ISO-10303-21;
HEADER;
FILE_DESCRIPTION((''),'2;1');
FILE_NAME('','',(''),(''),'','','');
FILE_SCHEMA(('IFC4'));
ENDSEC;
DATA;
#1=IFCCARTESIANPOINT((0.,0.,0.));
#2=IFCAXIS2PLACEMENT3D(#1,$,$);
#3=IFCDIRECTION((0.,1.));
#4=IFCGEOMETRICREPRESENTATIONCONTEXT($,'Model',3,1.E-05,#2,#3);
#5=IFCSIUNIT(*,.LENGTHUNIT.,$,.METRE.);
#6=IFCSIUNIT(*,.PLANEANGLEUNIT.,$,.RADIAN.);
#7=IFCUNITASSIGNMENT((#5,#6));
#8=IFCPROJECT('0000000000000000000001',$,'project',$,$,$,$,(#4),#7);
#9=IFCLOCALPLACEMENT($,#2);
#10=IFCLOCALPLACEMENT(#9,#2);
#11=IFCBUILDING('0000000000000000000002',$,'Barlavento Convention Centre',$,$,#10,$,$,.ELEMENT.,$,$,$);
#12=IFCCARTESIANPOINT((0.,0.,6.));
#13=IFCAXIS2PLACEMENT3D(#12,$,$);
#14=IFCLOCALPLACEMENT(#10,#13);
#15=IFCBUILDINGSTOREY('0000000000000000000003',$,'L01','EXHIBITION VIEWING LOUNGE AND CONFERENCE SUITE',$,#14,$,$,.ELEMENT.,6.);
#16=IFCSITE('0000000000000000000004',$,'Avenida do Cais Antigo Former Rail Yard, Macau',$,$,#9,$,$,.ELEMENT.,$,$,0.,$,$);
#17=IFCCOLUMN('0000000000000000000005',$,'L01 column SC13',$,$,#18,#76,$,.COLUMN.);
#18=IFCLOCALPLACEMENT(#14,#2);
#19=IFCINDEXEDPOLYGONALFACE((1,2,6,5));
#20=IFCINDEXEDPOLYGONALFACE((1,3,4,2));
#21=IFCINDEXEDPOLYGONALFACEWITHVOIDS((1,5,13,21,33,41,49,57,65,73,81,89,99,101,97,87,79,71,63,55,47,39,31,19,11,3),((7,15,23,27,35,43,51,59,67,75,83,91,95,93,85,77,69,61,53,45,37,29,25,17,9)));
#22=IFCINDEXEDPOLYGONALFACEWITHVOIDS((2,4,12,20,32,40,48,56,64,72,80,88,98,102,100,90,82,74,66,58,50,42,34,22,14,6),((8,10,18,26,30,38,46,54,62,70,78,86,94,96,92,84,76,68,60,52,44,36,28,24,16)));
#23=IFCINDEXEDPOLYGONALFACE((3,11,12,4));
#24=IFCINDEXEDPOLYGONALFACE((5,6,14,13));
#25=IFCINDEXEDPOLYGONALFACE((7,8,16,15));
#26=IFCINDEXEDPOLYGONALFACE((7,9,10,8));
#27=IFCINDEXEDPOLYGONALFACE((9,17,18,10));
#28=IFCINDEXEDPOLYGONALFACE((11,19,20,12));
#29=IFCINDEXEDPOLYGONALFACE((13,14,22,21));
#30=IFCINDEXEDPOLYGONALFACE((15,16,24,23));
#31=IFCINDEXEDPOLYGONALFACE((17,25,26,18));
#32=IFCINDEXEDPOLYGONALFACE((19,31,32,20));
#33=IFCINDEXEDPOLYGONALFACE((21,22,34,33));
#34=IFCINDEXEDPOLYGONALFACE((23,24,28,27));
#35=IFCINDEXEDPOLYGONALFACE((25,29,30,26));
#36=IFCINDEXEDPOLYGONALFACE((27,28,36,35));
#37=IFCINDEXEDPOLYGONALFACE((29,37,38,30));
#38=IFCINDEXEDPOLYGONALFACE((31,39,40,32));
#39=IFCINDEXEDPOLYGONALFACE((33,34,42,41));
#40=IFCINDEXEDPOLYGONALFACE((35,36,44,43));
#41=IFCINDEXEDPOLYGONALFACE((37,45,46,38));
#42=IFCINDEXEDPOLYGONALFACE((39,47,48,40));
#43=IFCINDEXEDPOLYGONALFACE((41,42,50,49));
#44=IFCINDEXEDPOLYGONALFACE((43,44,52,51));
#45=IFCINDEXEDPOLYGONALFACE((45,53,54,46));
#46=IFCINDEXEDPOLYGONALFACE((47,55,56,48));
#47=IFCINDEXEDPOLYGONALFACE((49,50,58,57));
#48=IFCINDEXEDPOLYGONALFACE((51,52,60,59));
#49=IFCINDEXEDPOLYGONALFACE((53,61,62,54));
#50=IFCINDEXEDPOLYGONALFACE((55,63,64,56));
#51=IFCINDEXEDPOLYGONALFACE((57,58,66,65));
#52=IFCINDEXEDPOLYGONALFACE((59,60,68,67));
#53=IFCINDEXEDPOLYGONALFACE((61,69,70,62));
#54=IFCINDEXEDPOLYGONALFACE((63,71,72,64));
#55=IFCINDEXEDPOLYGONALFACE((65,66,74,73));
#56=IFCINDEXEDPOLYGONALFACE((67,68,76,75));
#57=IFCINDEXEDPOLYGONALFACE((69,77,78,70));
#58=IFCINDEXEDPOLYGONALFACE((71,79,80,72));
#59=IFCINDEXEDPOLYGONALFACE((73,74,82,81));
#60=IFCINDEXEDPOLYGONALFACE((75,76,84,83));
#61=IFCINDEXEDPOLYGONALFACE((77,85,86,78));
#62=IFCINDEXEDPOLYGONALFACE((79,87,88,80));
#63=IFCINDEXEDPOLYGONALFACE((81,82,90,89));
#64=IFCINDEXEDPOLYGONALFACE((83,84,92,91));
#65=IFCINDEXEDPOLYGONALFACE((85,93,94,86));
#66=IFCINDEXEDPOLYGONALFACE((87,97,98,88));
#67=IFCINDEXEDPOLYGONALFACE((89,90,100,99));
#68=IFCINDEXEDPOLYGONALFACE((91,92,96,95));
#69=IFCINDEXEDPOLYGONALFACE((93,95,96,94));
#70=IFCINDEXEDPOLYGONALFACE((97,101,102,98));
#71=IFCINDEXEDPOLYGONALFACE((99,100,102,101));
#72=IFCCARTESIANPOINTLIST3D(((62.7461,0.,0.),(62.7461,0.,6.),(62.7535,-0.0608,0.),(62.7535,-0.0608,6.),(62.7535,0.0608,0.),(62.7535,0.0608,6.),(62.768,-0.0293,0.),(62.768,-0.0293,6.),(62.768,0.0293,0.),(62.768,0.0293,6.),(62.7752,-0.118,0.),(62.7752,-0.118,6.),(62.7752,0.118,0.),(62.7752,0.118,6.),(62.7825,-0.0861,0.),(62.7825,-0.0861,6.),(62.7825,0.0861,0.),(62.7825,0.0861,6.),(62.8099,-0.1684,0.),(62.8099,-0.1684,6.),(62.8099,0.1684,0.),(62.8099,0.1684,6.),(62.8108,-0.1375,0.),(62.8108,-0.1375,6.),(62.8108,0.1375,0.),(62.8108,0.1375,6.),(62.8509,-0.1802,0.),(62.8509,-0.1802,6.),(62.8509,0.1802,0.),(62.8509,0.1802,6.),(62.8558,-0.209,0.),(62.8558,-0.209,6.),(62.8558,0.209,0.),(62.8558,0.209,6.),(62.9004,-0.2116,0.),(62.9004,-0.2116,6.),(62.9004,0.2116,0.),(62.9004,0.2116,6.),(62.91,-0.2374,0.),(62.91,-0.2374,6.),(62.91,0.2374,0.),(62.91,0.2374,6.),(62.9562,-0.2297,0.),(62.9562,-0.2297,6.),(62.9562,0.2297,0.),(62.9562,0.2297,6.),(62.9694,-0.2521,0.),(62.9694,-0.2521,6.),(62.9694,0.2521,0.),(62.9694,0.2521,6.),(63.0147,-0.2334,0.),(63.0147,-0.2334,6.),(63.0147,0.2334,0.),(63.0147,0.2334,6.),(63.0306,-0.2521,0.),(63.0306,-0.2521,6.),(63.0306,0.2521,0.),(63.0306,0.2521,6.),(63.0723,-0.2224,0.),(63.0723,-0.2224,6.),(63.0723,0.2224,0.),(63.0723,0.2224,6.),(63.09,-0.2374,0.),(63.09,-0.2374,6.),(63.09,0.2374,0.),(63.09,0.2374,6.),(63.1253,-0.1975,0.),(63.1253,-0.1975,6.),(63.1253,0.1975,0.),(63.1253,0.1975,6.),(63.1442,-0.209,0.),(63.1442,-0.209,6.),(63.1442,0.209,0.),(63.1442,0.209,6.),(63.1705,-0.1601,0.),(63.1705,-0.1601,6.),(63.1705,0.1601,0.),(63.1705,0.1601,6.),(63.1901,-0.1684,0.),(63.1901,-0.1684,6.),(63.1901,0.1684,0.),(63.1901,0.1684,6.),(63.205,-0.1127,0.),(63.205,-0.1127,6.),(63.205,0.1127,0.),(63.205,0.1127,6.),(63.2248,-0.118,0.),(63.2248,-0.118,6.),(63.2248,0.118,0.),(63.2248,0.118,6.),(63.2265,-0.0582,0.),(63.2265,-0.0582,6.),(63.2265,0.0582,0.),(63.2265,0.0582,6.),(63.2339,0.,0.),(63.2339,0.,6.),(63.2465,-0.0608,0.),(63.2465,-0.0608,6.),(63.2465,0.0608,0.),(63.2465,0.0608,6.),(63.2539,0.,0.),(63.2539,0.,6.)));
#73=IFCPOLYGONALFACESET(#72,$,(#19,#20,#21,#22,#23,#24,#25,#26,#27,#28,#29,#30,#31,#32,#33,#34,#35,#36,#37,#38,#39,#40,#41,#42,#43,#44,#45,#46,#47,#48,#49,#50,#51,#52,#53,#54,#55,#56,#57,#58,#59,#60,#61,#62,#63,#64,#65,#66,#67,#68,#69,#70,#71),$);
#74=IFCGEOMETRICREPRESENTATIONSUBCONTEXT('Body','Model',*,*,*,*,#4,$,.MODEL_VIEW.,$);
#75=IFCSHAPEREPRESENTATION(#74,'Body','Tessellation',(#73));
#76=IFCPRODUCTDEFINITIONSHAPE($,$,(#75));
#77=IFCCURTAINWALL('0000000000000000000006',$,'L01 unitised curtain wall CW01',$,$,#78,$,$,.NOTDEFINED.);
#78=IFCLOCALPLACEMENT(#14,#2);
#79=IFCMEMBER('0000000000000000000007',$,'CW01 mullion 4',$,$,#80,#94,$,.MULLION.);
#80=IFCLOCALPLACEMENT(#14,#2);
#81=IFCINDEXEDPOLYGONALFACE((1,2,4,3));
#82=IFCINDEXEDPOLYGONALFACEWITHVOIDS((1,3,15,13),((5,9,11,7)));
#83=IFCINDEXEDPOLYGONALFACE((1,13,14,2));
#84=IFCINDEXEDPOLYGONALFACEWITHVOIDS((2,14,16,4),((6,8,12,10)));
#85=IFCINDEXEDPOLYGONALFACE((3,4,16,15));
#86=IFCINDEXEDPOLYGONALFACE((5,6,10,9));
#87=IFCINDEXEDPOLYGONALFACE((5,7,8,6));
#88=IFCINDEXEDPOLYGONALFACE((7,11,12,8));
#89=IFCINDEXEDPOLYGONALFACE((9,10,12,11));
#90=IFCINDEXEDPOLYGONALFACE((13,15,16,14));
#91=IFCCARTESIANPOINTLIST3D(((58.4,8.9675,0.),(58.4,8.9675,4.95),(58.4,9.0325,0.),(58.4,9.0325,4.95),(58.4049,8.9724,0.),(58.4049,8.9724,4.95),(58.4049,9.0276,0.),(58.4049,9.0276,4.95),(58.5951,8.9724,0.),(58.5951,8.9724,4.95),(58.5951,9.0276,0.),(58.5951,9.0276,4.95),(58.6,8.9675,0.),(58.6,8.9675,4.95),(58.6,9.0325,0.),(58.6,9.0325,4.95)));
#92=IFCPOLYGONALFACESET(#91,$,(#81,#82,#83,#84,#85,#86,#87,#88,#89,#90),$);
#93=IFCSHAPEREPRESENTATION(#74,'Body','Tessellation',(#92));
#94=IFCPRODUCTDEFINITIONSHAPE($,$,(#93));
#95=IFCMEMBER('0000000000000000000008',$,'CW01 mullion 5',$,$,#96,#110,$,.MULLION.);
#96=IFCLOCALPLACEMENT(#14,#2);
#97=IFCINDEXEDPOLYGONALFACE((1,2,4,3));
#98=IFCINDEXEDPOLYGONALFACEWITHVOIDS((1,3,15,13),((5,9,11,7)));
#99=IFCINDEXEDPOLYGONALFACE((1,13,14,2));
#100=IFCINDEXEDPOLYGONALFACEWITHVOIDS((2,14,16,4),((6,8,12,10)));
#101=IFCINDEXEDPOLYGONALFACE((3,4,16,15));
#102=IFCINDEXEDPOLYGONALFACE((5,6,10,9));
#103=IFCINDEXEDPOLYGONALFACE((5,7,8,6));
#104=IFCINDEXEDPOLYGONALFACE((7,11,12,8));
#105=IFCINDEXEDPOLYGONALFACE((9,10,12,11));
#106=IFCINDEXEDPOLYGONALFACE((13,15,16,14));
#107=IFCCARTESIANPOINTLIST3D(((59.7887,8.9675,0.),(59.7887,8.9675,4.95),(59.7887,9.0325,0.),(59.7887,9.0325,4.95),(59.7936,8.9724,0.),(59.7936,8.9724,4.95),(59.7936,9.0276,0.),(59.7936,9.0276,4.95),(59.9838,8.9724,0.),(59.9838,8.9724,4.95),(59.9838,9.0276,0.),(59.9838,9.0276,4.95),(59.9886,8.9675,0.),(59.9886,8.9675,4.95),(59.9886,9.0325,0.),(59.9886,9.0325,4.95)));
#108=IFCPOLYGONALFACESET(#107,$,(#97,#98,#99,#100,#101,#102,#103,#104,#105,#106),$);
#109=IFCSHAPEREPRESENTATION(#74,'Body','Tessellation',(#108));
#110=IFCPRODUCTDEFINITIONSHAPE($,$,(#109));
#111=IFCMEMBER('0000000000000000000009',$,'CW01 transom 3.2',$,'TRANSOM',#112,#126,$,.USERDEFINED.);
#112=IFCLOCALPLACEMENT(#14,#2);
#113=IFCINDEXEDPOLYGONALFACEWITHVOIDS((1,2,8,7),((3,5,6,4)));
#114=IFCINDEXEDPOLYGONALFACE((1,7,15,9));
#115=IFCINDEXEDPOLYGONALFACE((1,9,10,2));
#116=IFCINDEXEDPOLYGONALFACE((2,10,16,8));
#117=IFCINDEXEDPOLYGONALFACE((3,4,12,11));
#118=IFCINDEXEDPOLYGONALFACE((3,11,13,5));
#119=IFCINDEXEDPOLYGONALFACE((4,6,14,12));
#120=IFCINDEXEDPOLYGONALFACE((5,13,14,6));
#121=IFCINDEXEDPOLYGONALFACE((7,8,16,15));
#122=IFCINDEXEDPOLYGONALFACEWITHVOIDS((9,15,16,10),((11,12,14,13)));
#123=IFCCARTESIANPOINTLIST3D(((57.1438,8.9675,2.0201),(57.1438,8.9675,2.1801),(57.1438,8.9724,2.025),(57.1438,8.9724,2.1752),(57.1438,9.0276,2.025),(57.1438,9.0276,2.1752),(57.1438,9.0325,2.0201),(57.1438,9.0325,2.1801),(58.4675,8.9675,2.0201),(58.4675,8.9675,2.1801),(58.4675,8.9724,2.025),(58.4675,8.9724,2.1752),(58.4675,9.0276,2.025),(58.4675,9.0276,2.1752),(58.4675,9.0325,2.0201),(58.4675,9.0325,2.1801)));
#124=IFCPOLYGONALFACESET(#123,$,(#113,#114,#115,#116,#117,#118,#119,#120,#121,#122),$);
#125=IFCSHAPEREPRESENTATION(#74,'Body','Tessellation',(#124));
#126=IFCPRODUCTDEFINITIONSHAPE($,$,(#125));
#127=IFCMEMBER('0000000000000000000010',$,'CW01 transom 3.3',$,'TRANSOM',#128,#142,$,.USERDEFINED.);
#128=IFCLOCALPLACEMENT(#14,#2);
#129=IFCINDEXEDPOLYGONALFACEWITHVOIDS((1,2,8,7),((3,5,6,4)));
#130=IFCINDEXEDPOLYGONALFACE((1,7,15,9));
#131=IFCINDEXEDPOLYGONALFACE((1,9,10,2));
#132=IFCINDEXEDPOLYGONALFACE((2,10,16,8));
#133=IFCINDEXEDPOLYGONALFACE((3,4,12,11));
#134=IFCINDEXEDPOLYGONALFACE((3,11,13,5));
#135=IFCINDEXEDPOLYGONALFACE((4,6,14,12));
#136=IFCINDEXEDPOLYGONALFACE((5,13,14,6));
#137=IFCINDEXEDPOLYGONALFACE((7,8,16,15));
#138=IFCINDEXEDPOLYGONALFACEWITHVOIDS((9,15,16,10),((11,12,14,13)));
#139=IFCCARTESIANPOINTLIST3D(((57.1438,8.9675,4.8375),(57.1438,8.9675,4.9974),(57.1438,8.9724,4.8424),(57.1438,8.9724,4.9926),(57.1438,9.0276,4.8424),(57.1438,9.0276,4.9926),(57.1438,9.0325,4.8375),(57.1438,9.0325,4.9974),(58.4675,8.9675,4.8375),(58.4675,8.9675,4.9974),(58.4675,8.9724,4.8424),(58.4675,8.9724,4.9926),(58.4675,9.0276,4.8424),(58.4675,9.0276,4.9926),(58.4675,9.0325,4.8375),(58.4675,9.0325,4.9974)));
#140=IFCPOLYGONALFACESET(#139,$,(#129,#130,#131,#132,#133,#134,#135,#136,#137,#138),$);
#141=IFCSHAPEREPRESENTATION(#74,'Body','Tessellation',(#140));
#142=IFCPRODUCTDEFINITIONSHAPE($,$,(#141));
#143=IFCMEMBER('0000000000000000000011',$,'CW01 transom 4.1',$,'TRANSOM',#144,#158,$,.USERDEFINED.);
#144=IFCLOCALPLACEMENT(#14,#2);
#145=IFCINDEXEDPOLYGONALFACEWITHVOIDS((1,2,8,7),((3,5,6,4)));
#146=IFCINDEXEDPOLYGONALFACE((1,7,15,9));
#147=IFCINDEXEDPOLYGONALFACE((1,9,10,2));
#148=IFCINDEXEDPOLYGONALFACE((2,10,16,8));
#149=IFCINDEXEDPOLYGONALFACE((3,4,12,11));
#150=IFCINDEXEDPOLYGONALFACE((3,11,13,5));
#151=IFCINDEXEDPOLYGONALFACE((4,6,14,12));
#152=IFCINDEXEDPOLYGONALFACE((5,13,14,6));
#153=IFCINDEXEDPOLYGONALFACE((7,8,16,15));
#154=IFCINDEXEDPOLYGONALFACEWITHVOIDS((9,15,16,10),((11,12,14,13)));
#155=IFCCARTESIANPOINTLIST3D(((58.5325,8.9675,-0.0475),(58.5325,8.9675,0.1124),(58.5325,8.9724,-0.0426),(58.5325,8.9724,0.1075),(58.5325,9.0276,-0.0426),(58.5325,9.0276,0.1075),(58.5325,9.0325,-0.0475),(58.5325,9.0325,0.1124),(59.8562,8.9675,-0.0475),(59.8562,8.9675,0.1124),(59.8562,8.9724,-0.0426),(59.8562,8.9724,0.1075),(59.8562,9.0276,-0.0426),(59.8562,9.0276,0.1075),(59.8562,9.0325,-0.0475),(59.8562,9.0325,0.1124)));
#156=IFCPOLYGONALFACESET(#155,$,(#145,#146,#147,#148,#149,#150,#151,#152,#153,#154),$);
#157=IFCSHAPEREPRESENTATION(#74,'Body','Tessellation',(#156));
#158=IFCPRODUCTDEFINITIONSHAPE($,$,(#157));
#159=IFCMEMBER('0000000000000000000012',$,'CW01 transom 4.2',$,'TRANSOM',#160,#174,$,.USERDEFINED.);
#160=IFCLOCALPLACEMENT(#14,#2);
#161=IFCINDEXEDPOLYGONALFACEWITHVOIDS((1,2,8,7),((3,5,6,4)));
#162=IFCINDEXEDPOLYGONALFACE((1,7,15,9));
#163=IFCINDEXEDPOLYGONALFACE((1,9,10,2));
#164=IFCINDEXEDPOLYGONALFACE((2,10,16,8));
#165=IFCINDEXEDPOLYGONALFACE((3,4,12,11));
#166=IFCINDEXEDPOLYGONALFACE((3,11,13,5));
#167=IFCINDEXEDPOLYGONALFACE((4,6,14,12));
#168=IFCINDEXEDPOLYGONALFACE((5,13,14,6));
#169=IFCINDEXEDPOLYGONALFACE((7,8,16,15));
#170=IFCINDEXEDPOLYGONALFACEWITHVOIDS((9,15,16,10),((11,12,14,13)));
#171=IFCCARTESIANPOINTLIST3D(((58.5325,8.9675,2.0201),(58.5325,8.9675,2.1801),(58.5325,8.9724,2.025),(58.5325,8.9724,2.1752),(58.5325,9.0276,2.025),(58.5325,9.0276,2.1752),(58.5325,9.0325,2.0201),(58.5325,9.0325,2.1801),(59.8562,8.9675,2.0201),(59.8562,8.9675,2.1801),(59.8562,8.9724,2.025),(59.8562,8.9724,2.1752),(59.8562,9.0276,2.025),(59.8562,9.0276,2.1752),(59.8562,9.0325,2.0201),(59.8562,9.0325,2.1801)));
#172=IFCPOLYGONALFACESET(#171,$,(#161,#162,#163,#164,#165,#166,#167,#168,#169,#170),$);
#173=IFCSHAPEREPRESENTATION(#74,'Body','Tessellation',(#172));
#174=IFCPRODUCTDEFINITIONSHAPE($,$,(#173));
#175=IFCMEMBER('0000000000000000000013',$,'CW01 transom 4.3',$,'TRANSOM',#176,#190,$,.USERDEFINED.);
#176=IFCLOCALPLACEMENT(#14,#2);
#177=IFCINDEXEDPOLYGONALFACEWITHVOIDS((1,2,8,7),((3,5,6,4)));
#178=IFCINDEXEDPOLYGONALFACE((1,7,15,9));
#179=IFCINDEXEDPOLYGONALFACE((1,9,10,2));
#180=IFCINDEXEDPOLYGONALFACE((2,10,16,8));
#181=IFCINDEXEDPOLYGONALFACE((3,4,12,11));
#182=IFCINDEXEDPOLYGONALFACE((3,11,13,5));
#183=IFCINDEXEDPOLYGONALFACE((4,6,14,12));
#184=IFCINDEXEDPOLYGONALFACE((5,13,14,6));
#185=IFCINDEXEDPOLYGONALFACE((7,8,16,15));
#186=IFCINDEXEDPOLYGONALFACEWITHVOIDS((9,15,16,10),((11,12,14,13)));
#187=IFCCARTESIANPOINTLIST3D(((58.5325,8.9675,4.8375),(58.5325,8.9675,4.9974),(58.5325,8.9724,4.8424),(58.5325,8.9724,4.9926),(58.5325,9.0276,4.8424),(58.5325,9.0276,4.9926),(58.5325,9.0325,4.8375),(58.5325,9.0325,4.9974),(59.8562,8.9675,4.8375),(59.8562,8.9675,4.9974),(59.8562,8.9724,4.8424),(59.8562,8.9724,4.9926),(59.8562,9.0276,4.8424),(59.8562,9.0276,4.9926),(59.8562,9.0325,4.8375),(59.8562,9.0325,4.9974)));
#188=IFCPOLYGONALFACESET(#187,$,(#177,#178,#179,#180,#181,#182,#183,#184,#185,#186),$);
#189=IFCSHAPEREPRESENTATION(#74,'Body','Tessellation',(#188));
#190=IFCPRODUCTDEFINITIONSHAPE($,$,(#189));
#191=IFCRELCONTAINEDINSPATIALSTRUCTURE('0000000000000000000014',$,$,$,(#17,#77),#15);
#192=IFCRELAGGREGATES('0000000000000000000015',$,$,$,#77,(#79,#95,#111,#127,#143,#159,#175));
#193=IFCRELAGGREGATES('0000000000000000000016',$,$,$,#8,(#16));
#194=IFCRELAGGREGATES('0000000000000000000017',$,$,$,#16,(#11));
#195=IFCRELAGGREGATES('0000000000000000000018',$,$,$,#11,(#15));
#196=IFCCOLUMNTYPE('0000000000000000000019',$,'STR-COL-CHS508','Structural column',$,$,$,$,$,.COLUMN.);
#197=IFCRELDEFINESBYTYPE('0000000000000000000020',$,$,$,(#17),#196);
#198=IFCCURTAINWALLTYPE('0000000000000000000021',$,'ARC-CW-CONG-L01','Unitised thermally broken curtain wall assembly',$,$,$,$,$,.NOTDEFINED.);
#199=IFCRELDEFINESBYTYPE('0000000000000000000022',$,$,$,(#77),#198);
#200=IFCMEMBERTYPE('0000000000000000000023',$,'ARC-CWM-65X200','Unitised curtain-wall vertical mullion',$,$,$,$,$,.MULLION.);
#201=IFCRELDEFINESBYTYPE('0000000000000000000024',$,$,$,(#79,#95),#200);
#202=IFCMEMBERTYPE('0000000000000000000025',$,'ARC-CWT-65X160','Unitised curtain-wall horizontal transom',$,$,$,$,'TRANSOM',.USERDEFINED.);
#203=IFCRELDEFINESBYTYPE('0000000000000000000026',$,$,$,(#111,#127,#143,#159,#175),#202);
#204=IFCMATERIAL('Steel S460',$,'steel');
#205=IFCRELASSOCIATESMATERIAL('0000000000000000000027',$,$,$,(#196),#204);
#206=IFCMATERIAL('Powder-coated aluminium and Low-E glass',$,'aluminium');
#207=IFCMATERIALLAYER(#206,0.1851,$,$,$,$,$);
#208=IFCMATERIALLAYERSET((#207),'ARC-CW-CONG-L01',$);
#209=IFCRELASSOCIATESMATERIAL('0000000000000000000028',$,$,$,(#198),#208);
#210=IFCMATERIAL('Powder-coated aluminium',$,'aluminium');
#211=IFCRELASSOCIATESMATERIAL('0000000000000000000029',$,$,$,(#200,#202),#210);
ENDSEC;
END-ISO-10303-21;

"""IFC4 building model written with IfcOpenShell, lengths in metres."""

from ifc_helpers import new_model, si_unit, direction, frame, origin, origin_2d, place, context, subcontext, project, spatial, hollow_rectangle, hollow_circle, extrude, material, layer, layer_set, material_profile, profile_set, type_object, element, aggregate, save


model = new_model("IFC4")

# Units and contexts
model_context = context("Model", 3, precision=1e-05, world=origin(), true_north=direction((0.0, 1.0)))
body_context = subcontext(model_context, "Body", "Model", "MODEL_VIEW")
ifc_project = project(units=[si_unit("LENGTHUNIT", "METRE"), si_unit("PLANEANGLEUNIT", "RADIAN")], contexts=[model_context])

# Site, building, storey
site_placement = place(None, origin())
site = spatial("IfcSite", under=ifc_project, at=site_placement, Name="Avenida do Cais Antigo Former Rail Yard, Macau", CompositionType="ELEMENT", RefElevation=0.0)
building_placement = place(site_placement, origin())
building = spatial("IfcBuilding", under=site, at=building_placement, Name="Barlavento Convention Centre", CompositionType="ELEMENT")
storey_placement = place(building_placement, frame((0.0, 0.0, 6.0)))
storey = spatial("IfcBuildingStorey", under=building, at=storey_placement, Name="L01", Description="EXHIBITION VIEWING LOUNGE AND CONFERENCE SUITE", CompositionType="ELEMENT", Elevation=6.0)

# Column
ifc_material_1 = material(Name="Steel S460", Category="steel")
ifc_material_profile_1 = material_profile(ifc_material_1, hollow_circle(Radius=0.2539, WallThickness=0.02, at=origin_2d()), Name="CHS 508.0x20.0")
ifc_profile_set_1 = profile_set([ifc_material_profile_1], Name="Steel S460")
column_type = type_object("IfcColumnType", Name="STR-COL-CHS508", Description="Structural column", PredefinedType="COLUMN", material=ifc_profile_set_1)
column_placement = place(storey_placement, frame((63.0, 0.0, 0.0), z_axis=(0.0, 0.0, 1.0), x_axis=(1.0, 0.0, 0.0)))
element("IfcColumn", 1, at=column_placement, inside=storey, type_object=column_type, Name="L01 column SC13", PredefinedType="COLUMN", context=body_context, shape_type="SweptSolid", body=[
    extrude(hollow_circle(Radius=0.2539, WallThickness=0.02, at=origin_2d()), origin(), (0.0, 0.0, 1.0), 6.0),
])

# Curtain wall, members
ifc_material_2 = material(Name="Powder-coated aluminium and Low-E glass", Category="aluminium")
ifc_layer_1 = layer(ifc_material_2, 0.1851)
ifc_layer_set_1 = layer_set([ifc_layer_1], Name="ARC-CW-CONG-L01")
curtain_wall_type = type_object("IfcCurtainWallType", Name="ARC-CW-CONG-L01", Description="Unitised thermally broken curtain wall assembly", PredefinedType="NOTDEFINED", material=ifc_layer_set_1)
curtain_wall_placement = place(storey_placement, origin())
curtain_wall = element("IfcCurtainWall", 2, at=curtain_wall_placement, inside=storey, type_object=curtain_wall_type, Name="L01 unitised curtain wall CW01", PredefinedType="NOTDEFINED")
ifc_material_3 = material(Name="Powder-coated aluminium", Category="aluminium")
ifc_material_profile_2 = material_profile(ifc_material_3, hollow_rectangle(XDim=0.0649, YDim=0.2, WallThickness=0.0049, at=origin_2d()), Name="AL-MULL 65x200x5")
ifc_profile_set_2 = profile_set([ifc_material_profile_2], Name="Powder-coated aluminium")
member_type_1 = type_object("IfcMemberType", Name="ARC-CWM-65X200", Description="Unitised curtain-wall vertical mullion", PredefinedType="MULLION", material=ifc_profile_set_2)
member_1_placement = place(storey_placement, frame((58.5, 9.0, 0.0), z_axis=(0.0, 0.0, 1.0), x_axis=(0.0, 1.0, 0.0)))
member_1 = element("IfcMember", 3, at=member_1_placement, type_object=member_type_1, Name="CW01 mullion 4", PredefinedType="MULLION", context=body_context, shape_type="SweptSolid", body=[
    extrude(hollow_rectangle(XDim=0.0649, YDim=0.2, WallThickness=0.0049, at=origin_2d()), origin(), (0.0, 0.0, 1.0), 4.95),
])
member_2_placement = place(storey_placement, frame((59.8887, 9.0, 0.0), z_axis=(0.0, 0.0, 1.0), x_axis=(0.0, 1.0, 0.0)))
member_2 = element("IfcMember", 4, at=member_2_placement, type_object=member_type_1, Name="CW01 mullion 5", PredefinedType="MULLION", context=body_context, shape_type="SweptSolid", body=[
    extrude(hollow_rectangle(XDim=0.0649, YDim=0.2, WallThickness=0.0049, at=origin_2d()), origin(), (0.0, 0.0, 1.0), 4.95),
])
ifc_material_profile_3 = material_profile(ifc_material_3, hollow_rectangle(XDim=0.0649, YDim=0.1599, WallThickness=0.0049, at=origin_2d()), Name="AL-TRAN 65x160x5")
ifc_profile_set_3 = profile_set([ifc_material_profile_3], Name="Powder-coated aluminium")
member_type_2 = type_object("IfcMemberType", Name="ARC-CWT-65X160", Description="Unitised curtain-wall horizontal transom", ElementType="TRANSOM", PredefinedType="USERDEFINED", material=ifc_profile_set_3)
member_3_placement = place(storey_placement, frame((57.1438, 9.0, 2.1001), z_axis=(1.0, 0.0, 0.0), x_axis=(0.0, 1.0, 0.0)))
member_3 = element("IfcMember", 5, at=member_3_placement, type_object=member_type_2, Name="CW01 transom 3.2", ObjectType="TRANSOM", PredefinedType="USERDEFINED", context=body_context, shape_type="SweptSolid", body=[
    extrude(hollow_rectangle(XDim=0.0649, YDim=0.1599, WallThickness=0.0049, at=origin_2d()), origin(), (0.0, 0.0, 1.0), 1.3237),
])
member_4_placement = place(storey_placement, frame((57.1438, 9.0, 4.9175), z_axis=(1.0, 0.0, 0.0), x_axis=(0.0, 1.0, 0.0)))
member_4 = element("IfcMember", 6, at=member_4_placement, type_object=member_type_2, Name="CW01 transom 3.3", ObjectType="TRANSOM", PredefinedType="USERDEFINED", context=body_context, shape_type="SweptSolid", body=[
    extrude(hollow_rectangle(XDim=0.0649, YDim=0.1599, WallThickness=0.0049, at=origin_2d()), origin(), (0.0, 0.0, 1.0), 1.3237),
])
member_5_placement = place(storey_placement, frame((58.5325, 9.0, 0.0325), z_axis=(1.0, 0.0, 0.0), x_axis=(0.0, 1.0, 0.0)))
member_5 = element("IfcMember", 7, at=member_5_placement, type_object=member_type_2, Name="CW01 transom 4.1", ObjectType="TRANSOM", PredefinedType="USERDEFINED", context=body_context, shape_type="SweptSolid", body=[
    extrude(hollow_rectangle(XDim=0.0649, YDim=0.1599, WallThickness=0.0049, at=origin_2d()), origin(), (0.0, 0.0, 1.0), 1.3237),
])
member_6_placement = place(storey_placement, frame((58.5325, 9.0, 2.1001), z_axis=(1.0, 0.0, 0.0), x_axis=(0.0, 1.0, 0.0)))
member_6 = element("IfcMember", 8, at=member_6_placement, type_object=member_type_2, Name="CW01 transom 4.2", ObjectType="TRANSOM", PredefinedType="USERDEFINED", context=body_context, shape_type="SweptSolid", body=[
    extrude(hollow_rectangle(XDim=0.0649, YDim=0.1599, WallThickness=0.0049, at=origin_2d()), origin(), (0.0, 0.0, 1.0), 1.3237),
])
member_7_placement = place(storey_placement, frame((58.5325, 9.0, 4.9175), z_axis=(1.0, 0.0, 0.0), x_axis=(0.0, 1.0, 0.0)))
member_7 = element("IfcMember", 9, at=member_7_placement, type_object=member_type_2, Name="CW01 transom 4.3", ObjectType="TRANSOM", PredefinedType="USERDEFINED", context=body_context, shape_type="SweptSolid", body=[
    extrude(hollow_rectangle(XDim=0.0649, YDim=0.1599, WallThickness=0.0049, at=origin_2d()), origin(), (0.0, 0.0, 1.0), 1.3237),
])

aggregate(curtain_wall, [member_1, member_2, member_3, member_4, member_5, member_6, member_7])

save(model, "model.ifc")
